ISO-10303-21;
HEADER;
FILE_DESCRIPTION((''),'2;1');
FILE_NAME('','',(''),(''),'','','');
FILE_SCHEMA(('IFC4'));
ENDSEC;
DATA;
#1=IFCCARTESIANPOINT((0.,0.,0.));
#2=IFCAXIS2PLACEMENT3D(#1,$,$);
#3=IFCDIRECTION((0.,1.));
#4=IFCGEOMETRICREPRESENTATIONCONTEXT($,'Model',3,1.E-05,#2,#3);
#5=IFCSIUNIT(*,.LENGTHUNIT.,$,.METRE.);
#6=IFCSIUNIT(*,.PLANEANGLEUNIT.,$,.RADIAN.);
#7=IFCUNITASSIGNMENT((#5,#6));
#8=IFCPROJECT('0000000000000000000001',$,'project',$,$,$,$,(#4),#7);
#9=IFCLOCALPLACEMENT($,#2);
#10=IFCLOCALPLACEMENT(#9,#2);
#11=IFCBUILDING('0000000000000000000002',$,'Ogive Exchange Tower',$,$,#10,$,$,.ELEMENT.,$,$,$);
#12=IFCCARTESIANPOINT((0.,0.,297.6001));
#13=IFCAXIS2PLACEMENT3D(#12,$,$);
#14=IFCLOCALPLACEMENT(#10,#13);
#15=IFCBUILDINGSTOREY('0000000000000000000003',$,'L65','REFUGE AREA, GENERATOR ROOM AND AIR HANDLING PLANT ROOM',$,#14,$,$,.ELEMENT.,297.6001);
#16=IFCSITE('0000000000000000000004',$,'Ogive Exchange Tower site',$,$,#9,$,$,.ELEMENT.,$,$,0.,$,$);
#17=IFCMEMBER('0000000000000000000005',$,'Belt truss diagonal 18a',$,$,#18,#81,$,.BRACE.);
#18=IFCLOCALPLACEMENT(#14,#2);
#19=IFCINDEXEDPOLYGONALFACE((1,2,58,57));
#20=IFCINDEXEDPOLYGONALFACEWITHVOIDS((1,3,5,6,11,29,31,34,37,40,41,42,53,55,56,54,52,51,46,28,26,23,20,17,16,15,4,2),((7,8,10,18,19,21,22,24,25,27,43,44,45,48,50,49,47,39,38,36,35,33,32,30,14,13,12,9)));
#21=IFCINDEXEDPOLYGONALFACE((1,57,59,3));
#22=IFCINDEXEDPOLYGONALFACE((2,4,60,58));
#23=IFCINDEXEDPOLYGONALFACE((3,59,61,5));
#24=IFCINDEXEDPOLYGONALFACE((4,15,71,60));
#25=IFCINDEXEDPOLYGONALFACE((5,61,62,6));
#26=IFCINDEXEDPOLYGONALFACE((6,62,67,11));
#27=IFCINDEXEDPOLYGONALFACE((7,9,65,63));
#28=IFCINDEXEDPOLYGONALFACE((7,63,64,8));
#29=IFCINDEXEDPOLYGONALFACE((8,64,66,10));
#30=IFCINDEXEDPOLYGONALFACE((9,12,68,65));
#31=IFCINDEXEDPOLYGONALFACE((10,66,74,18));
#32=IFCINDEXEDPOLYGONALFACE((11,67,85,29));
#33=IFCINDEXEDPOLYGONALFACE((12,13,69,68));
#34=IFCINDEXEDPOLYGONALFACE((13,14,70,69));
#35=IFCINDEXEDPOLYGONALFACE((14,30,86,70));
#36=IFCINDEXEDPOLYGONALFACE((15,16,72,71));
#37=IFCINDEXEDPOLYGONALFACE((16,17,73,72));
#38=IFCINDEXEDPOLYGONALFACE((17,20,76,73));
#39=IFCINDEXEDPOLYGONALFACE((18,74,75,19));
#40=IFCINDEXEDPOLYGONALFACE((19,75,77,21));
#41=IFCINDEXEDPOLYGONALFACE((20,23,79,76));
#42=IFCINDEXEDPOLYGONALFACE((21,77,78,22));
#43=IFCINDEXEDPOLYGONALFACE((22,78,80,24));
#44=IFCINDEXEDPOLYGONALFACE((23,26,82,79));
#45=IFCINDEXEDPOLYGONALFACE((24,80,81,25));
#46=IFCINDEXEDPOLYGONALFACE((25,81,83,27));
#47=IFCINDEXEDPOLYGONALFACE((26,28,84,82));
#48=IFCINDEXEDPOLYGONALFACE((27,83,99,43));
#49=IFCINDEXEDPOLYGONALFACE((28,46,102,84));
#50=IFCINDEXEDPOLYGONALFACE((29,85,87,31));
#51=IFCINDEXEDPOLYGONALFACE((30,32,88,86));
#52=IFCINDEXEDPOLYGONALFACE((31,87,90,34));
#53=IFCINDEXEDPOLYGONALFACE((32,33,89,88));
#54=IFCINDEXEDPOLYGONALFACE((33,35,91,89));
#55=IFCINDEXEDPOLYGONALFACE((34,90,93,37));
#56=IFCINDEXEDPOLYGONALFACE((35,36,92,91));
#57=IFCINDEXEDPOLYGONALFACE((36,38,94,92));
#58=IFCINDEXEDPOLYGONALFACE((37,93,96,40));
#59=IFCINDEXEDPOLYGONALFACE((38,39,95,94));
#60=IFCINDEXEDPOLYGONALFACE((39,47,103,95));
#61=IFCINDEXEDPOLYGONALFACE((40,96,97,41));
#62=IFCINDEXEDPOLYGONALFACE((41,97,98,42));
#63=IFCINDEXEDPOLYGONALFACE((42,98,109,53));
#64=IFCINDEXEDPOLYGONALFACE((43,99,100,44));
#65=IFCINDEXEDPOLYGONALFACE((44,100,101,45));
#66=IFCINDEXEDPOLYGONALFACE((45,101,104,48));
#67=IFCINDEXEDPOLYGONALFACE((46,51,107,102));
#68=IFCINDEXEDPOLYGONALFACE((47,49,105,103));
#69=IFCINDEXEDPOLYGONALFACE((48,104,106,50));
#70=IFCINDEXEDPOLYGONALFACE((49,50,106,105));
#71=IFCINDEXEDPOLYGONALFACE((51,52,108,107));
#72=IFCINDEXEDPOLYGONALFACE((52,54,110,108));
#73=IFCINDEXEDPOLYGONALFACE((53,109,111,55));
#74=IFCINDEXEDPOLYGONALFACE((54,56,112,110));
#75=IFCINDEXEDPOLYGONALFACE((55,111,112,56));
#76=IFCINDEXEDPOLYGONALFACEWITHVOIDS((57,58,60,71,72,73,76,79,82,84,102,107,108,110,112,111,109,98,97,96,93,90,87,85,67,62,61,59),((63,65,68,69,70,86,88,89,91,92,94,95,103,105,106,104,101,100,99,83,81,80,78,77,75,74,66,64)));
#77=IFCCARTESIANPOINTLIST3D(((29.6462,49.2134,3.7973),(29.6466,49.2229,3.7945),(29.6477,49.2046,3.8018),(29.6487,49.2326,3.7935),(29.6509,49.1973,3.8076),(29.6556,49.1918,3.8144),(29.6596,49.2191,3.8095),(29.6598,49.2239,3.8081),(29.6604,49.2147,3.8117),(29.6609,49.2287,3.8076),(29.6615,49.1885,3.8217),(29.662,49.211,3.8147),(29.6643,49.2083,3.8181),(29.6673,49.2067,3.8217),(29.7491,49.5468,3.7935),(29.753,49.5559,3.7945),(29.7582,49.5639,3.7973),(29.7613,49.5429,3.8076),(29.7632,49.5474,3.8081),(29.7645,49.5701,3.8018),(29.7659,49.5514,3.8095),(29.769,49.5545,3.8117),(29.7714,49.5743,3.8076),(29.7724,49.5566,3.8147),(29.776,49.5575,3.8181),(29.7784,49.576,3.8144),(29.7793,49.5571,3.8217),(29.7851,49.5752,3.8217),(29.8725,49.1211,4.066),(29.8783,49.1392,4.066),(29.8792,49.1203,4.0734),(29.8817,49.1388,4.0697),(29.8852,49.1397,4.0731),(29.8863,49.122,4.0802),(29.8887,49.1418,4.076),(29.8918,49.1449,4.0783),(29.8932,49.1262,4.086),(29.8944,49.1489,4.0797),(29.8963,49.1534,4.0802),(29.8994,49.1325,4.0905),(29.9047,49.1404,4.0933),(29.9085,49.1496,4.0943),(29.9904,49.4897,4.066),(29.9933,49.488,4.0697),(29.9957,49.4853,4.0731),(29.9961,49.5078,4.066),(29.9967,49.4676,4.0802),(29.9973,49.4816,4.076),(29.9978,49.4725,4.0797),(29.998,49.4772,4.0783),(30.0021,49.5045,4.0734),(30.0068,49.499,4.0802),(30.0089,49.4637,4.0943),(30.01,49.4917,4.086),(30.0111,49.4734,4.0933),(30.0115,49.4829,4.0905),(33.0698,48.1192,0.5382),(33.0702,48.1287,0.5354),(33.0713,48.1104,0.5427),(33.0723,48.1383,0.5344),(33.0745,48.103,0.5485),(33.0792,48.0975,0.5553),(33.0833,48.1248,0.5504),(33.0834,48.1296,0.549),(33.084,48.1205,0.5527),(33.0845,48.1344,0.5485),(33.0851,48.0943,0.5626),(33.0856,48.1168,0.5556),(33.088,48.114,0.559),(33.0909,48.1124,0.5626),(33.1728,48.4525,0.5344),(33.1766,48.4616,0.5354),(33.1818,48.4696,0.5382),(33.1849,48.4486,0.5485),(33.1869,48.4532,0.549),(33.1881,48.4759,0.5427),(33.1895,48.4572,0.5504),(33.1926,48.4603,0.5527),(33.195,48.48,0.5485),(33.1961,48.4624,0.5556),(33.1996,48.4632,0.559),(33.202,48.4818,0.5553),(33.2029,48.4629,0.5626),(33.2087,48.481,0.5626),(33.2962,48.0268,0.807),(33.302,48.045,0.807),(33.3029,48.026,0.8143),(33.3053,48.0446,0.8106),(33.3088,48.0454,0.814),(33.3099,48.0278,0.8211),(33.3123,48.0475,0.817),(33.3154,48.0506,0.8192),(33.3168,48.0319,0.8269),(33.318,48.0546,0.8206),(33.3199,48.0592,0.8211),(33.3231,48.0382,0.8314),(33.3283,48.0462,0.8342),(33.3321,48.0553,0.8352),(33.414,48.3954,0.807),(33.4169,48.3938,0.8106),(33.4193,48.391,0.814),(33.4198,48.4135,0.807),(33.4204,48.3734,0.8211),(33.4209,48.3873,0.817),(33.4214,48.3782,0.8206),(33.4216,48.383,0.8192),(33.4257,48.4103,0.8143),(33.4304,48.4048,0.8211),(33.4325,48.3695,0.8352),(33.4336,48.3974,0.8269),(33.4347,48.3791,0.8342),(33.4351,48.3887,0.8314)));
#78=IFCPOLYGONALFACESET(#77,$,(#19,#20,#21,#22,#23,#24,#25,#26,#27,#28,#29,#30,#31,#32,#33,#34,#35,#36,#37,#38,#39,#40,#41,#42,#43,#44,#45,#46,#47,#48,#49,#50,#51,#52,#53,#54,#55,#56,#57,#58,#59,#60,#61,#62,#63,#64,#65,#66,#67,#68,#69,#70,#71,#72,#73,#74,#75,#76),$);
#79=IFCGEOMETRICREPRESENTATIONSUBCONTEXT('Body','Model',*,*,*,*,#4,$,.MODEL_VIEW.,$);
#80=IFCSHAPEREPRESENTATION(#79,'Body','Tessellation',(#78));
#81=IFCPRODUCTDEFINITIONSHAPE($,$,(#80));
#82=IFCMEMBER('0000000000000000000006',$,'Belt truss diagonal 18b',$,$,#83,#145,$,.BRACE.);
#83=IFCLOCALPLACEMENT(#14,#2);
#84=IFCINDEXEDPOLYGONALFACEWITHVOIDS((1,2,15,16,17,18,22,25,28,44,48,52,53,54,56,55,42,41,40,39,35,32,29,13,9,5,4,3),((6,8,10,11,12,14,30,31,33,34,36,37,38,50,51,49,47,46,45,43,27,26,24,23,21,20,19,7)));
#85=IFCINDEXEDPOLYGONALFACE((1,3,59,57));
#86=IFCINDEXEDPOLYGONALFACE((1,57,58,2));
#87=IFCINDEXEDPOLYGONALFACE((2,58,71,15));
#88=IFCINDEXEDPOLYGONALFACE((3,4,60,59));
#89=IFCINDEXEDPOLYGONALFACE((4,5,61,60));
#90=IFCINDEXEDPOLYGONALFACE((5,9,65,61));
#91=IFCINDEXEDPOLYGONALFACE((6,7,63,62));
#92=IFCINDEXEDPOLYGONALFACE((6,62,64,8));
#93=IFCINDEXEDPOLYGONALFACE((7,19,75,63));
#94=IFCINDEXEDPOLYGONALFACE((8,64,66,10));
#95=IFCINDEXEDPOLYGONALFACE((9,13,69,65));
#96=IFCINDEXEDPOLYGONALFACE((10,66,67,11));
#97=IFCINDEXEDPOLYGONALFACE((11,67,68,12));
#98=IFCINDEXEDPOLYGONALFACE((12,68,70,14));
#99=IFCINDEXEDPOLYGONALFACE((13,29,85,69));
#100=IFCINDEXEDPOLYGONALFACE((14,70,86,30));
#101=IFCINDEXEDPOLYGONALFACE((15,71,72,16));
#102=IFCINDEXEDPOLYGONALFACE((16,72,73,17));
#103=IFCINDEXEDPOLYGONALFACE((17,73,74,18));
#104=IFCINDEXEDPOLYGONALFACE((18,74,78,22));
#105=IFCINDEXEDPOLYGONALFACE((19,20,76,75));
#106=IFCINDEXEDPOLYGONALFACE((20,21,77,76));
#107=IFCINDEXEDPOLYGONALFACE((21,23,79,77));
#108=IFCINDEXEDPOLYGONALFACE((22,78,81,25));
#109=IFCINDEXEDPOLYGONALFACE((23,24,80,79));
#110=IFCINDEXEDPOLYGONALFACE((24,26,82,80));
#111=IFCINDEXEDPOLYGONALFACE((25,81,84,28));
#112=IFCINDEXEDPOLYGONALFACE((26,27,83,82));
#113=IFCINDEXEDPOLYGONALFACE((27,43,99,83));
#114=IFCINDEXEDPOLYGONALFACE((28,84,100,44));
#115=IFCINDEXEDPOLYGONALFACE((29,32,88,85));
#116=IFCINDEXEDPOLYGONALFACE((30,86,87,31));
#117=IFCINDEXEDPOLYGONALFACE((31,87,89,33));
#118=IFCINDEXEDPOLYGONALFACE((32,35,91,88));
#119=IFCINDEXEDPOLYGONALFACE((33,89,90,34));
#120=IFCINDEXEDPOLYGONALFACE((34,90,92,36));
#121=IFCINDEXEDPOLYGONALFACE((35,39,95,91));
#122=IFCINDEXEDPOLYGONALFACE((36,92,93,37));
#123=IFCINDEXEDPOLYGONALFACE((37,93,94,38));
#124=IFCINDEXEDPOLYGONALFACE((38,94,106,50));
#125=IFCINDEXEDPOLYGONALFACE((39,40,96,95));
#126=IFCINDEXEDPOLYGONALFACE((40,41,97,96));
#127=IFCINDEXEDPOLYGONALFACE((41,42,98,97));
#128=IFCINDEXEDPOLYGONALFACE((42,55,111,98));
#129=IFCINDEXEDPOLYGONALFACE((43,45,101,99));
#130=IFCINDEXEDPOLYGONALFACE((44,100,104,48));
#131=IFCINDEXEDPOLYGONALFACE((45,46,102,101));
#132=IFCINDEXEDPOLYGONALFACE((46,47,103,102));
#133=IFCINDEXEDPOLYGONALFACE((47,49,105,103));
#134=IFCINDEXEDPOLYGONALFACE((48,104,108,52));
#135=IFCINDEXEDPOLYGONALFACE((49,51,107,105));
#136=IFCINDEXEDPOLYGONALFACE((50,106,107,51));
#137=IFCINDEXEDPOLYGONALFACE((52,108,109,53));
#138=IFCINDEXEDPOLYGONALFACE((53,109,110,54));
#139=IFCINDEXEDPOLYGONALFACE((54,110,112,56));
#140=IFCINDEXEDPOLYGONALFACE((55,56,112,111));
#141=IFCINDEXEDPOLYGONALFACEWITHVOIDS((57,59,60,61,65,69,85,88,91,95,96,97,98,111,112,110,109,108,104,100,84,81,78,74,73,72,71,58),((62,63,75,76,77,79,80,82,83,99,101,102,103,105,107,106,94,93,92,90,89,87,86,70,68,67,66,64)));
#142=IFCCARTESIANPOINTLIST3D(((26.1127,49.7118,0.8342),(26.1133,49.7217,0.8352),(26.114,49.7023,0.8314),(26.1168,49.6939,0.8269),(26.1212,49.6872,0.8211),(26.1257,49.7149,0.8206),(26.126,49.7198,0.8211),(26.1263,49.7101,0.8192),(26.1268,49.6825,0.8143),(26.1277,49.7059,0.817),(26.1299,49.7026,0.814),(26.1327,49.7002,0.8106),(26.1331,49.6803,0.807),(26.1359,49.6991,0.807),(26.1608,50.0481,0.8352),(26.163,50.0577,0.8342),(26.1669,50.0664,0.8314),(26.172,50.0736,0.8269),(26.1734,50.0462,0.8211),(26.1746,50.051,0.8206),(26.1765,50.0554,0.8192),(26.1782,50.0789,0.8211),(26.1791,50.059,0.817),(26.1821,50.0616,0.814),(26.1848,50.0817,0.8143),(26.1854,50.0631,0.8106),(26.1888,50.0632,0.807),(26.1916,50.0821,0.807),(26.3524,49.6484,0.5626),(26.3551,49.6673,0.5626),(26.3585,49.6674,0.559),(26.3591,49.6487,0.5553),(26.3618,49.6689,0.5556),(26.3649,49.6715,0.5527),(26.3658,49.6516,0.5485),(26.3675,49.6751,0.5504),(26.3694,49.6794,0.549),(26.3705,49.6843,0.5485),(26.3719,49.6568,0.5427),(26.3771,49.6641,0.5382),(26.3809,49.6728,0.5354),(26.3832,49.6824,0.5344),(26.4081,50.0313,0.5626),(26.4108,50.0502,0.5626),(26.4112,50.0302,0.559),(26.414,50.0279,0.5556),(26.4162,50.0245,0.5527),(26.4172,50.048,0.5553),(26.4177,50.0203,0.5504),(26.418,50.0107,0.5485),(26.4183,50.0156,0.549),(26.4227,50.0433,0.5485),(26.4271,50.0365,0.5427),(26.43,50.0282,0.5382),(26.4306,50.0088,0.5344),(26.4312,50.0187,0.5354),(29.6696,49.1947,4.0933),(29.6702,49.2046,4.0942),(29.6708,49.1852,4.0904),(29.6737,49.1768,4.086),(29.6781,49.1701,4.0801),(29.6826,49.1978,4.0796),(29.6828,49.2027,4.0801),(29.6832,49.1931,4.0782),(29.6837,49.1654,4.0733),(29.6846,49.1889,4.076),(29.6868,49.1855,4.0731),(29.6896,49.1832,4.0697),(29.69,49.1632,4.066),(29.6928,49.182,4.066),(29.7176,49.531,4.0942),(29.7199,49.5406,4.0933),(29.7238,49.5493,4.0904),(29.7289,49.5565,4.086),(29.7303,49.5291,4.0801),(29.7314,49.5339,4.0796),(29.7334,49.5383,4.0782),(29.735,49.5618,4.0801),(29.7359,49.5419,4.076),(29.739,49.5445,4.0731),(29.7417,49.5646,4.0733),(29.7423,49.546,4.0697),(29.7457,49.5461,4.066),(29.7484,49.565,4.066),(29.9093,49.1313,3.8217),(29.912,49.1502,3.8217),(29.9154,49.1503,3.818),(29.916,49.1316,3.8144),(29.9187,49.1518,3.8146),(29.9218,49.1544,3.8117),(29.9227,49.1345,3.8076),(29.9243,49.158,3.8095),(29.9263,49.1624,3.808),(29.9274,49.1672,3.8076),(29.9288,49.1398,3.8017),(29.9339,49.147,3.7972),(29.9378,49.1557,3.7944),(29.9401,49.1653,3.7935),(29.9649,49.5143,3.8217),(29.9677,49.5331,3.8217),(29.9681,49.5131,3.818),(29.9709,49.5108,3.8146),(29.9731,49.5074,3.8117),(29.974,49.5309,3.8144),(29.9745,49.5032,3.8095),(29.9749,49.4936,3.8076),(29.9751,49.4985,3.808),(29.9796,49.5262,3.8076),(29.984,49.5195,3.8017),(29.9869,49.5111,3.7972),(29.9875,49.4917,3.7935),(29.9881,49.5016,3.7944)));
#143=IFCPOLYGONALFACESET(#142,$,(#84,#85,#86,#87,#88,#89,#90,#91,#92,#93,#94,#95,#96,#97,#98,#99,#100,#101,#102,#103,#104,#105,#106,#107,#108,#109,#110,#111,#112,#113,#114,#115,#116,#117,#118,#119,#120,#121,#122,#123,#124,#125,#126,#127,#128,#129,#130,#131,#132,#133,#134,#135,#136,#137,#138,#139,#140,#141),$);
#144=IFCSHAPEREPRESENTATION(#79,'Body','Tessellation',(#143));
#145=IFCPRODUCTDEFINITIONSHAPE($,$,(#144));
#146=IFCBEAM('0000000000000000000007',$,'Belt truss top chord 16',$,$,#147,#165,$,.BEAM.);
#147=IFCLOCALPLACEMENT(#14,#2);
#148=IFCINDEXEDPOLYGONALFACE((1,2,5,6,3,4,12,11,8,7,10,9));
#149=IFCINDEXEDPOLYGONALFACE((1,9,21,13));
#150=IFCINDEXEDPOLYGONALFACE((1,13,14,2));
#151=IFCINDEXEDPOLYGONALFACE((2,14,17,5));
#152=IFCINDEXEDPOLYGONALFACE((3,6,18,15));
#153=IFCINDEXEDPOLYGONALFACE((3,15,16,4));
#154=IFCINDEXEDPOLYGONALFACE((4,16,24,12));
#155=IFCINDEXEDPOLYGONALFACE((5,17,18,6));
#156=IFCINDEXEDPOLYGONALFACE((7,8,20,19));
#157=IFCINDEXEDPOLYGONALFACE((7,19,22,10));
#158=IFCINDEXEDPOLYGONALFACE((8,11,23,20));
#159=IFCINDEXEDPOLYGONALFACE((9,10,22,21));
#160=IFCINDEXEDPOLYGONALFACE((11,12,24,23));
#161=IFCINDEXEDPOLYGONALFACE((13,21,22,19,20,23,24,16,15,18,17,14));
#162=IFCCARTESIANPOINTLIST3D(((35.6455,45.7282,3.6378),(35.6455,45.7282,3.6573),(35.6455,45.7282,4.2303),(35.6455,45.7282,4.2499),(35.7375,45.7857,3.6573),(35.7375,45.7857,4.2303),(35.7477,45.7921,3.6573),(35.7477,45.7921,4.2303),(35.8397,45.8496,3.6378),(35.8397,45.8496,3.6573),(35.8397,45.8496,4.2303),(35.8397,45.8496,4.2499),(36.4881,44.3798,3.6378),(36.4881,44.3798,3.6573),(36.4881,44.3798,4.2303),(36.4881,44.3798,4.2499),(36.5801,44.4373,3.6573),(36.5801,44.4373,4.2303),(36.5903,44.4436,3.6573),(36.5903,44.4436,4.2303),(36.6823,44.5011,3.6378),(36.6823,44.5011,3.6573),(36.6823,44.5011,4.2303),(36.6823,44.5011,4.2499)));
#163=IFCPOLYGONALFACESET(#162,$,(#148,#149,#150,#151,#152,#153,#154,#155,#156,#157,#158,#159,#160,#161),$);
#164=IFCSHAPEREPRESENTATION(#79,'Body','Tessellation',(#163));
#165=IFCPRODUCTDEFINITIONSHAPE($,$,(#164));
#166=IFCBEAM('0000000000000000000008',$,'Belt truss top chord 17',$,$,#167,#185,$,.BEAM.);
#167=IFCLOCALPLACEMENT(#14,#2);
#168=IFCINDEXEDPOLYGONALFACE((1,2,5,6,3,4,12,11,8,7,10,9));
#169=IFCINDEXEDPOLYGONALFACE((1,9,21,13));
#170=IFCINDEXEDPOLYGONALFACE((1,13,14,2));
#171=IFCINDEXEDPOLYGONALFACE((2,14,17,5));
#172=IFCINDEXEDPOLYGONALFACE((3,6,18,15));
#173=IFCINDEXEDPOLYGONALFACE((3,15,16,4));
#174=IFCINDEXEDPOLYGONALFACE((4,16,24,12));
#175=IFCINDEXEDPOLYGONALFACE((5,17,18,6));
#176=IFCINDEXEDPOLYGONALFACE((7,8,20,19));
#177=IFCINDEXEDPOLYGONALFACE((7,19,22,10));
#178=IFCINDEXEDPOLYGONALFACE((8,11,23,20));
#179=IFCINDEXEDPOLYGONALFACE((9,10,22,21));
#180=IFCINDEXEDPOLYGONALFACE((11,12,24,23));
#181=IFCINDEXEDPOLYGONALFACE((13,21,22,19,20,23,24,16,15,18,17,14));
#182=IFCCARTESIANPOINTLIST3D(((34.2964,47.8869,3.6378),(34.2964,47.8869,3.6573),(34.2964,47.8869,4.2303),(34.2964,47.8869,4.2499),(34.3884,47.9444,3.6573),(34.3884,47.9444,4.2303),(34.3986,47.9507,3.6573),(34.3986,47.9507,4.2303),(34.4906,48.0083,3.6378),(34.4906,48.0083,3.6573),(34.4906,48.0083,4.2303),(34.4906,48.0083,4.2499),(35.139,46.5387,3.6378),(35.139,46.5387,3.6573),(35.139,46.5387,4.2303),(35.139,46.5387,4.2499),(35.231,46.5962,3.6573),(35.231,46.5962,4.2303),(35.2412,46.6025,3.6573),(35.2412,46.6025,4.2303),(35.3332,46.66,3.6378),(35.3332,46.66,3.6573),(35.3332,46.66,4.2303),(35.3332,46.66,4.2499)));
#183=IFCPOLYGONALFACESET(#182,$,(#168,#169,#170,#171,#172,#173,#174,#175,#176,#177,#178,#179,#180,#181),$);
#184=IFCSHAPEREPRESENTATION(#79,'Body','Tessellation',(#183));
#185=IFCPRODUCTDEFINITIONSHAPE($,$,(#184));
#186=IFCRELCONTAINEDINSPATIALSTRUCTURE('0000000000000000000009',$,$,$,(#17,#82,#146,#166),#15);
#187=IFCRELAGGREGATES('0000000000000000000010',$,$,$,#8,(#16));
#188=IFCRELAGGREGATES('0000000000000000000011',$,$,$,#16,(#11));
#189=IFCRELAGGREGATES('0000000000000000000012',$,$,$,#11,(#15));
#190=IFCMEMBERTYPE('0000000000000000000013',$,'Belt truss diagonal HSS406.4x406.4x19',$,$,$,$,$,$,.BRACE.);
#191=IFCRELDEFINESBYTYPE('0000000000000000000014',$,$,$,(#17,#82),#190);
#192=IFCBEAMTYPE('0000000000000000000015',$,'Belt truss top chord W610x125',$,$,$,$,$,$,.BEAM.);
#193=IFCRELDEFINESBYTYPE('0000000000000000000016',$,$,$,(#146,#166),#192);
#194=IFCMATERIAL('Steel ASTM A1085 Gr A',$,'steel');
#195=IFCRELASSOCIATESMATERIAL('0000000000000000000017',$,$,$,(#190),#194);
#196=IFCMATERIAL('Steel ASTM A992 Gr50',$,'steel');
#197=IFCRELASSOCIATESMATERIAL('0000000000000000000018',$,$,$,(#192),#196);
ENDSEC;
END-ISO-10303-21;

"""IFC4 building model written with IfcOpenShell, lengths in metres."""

from ifc_helpers import new_model, si_unit, direction, frame, origin, origin_2d, place, context, subcontext, project, spatial, hollow_rectangle, i_section, extrude, material, material_profile, profile_set, type_object, element, save


model = new_model("IFC4")

# Units and contexts
model_context = context("Model", 3, precision=1e-05, world=origin(), true_north=direction((0.0, 1.0)))
body_context = subcontext(model_context, "Body", "Model", "MODEL_VIEW")
ifc_project = project(units=[si_unit("LENGTHUNIT", "METRE"), si_unit("PLANEANGLEUNIT", "RADIAN")], contexts=[model_context])

# Site, building, storey
site_placement = place(None, origin())
site = spatial("IfcSite", under=ifc_project, at=site_placement, Name="Ogive Exchange Tower site", CompositionType="ELEMENT", RefElevation=0.0)
building_placement = place(site_placement, origin())
building = spatial("IfcBuilding", under=site, at=building_placement, Name="Ogive Exchange Tower", CompositionType="ELEMENT")
storey_placement = place(building_placement, frame((0.0, 0.0, 297.6001)))
storey = spatial("IfcBuildingStorey", under=building, at=storey_placement, Name="L65", Description="REFUGE AREA, GENERATOR ROOM AND AIR HANDLING PLANT ROOM", CompositionType="ELEMENT", Elevation=297.6001)

# Shared definitions
ifc_material_1 = material(Name="Steel ASTM A992 Gr50", Category="steel")

# Members
ifc_material_2 = material(Name="Steel ASTM A1085 Gr A", Category="steel")
ifc_material_profile_1 = material_profile(ifc_material_2, hollow_rectangle(XDim=0.406, YDim=0.406, WallThickness=0.019, InnerFilletRadius=0.019, OuterFilletRadius=0.0381, at=origin_2d()), Name="HSS406.4x406.4x19")
ifc_profile_set_1 = profile_set([ifc_material_profile_1], Name="Steel ASTM A1085 Gr A")
member_type_1 = type_object("IfcMemberType", Name="Belt truss diagonal HSS406.4x406.4x19", PredefinedType="BRACE", material=ifc_profile_set_1)
for number, where, z_axis, x_axis, name in (
    (1, (33.2524, 48.2539, 0.6848), (-0.705637, 0.225534, 0.671722), (-0.304445, -0.95253, 0.0), "Belt truss diagonal 18a"),
    (2, (26.272, 49.8652, 0.6848), (0.733104, -0.106577, 0.671714), (0.143865, 0.989597, 0.0), "Belt truss diagonal 18b"),
):
    element("IfcMember", number, at=place(storey_placement, frame(where, z_axis=z_axis, x_axis=x_axis)), inside=storey, type_object=member_type_1, Name=name, PredefinedType="BRACE", context=body_context, shape_type="SweptSolid", body=[
        extrude(hollow_rectangle(XDim=0.406, YDim=0.406, WallThickness=0.019, InnerFilletRadius=0.019, OuterFilletRadius=0.0381, at=origin_2d()), origin(), (0.0, 0.0, 1.0), 4.8518),
    ])

# Beams
ifc_material_profile_2 = material_profile(ifc_material_1, i_section(OverallWidth=0.229, OverallDepth=0.6121, WebThickness=0.012, FlangeThickness=0.0195, at=origin_2d()), Name="W610x125")
ifc_profile_set_2 = profile_set([ifc_material_profile_2], Name="Steel ASTM A992 Gr50")
beam_type_1 = type_object("IfcBeamType", Name="Belt truss top chord W610x125", PredefinedType="BEAM", material=ifc_profile_set_2)
beam_1_placement = place(storey_placement, frame((36.5852, 44.4404, 3.9438), z_axis=(-0.529902, 0.848059, 0.0), x_axis=(-0.848059, -0.529902, 0.0)))
element("IfcBeam", 3, at=beam_1_placement, inside=storey, type_object=beam_type_1, Name="Belt truss top chord 16", PredefinedType="BEAM", context=body_context, shape_type="SweptSolid", body=[
    extrude(i_section(OverallWidth=0.229, OverallDepth=0.6121, WebThickness=0.012, FlangeThickness=0.0195, at=origin_2d()), origin(), (0.0, 0.0, 1.0), 1.5901),
])
beam_2_placement = place(storey_placement, frame((35.2361, 46.5994, 3.9438), z_axis=(-0.529971, 0.848016, 0.0), x_axis=(-0.848016, -0.529971, 0.0)))
element("IfcBeam", 4, at=beam_2_placement, inside=storey, type_object=beam_type_1, Name="Belt truss top chord 17", PredefinedType="BEAM", context=body_context, shape_type="SweptSolid", body=[
    extrude(i_section(OverallWidth=0.229, OverallDepth=0.6121, WebThickness=0.012, FlangeThickness=0.0195, at=origin_2d()), origin(), (0.0, 0.0, 1.0), 1.5898),
])

save(model, "model.ifc")
